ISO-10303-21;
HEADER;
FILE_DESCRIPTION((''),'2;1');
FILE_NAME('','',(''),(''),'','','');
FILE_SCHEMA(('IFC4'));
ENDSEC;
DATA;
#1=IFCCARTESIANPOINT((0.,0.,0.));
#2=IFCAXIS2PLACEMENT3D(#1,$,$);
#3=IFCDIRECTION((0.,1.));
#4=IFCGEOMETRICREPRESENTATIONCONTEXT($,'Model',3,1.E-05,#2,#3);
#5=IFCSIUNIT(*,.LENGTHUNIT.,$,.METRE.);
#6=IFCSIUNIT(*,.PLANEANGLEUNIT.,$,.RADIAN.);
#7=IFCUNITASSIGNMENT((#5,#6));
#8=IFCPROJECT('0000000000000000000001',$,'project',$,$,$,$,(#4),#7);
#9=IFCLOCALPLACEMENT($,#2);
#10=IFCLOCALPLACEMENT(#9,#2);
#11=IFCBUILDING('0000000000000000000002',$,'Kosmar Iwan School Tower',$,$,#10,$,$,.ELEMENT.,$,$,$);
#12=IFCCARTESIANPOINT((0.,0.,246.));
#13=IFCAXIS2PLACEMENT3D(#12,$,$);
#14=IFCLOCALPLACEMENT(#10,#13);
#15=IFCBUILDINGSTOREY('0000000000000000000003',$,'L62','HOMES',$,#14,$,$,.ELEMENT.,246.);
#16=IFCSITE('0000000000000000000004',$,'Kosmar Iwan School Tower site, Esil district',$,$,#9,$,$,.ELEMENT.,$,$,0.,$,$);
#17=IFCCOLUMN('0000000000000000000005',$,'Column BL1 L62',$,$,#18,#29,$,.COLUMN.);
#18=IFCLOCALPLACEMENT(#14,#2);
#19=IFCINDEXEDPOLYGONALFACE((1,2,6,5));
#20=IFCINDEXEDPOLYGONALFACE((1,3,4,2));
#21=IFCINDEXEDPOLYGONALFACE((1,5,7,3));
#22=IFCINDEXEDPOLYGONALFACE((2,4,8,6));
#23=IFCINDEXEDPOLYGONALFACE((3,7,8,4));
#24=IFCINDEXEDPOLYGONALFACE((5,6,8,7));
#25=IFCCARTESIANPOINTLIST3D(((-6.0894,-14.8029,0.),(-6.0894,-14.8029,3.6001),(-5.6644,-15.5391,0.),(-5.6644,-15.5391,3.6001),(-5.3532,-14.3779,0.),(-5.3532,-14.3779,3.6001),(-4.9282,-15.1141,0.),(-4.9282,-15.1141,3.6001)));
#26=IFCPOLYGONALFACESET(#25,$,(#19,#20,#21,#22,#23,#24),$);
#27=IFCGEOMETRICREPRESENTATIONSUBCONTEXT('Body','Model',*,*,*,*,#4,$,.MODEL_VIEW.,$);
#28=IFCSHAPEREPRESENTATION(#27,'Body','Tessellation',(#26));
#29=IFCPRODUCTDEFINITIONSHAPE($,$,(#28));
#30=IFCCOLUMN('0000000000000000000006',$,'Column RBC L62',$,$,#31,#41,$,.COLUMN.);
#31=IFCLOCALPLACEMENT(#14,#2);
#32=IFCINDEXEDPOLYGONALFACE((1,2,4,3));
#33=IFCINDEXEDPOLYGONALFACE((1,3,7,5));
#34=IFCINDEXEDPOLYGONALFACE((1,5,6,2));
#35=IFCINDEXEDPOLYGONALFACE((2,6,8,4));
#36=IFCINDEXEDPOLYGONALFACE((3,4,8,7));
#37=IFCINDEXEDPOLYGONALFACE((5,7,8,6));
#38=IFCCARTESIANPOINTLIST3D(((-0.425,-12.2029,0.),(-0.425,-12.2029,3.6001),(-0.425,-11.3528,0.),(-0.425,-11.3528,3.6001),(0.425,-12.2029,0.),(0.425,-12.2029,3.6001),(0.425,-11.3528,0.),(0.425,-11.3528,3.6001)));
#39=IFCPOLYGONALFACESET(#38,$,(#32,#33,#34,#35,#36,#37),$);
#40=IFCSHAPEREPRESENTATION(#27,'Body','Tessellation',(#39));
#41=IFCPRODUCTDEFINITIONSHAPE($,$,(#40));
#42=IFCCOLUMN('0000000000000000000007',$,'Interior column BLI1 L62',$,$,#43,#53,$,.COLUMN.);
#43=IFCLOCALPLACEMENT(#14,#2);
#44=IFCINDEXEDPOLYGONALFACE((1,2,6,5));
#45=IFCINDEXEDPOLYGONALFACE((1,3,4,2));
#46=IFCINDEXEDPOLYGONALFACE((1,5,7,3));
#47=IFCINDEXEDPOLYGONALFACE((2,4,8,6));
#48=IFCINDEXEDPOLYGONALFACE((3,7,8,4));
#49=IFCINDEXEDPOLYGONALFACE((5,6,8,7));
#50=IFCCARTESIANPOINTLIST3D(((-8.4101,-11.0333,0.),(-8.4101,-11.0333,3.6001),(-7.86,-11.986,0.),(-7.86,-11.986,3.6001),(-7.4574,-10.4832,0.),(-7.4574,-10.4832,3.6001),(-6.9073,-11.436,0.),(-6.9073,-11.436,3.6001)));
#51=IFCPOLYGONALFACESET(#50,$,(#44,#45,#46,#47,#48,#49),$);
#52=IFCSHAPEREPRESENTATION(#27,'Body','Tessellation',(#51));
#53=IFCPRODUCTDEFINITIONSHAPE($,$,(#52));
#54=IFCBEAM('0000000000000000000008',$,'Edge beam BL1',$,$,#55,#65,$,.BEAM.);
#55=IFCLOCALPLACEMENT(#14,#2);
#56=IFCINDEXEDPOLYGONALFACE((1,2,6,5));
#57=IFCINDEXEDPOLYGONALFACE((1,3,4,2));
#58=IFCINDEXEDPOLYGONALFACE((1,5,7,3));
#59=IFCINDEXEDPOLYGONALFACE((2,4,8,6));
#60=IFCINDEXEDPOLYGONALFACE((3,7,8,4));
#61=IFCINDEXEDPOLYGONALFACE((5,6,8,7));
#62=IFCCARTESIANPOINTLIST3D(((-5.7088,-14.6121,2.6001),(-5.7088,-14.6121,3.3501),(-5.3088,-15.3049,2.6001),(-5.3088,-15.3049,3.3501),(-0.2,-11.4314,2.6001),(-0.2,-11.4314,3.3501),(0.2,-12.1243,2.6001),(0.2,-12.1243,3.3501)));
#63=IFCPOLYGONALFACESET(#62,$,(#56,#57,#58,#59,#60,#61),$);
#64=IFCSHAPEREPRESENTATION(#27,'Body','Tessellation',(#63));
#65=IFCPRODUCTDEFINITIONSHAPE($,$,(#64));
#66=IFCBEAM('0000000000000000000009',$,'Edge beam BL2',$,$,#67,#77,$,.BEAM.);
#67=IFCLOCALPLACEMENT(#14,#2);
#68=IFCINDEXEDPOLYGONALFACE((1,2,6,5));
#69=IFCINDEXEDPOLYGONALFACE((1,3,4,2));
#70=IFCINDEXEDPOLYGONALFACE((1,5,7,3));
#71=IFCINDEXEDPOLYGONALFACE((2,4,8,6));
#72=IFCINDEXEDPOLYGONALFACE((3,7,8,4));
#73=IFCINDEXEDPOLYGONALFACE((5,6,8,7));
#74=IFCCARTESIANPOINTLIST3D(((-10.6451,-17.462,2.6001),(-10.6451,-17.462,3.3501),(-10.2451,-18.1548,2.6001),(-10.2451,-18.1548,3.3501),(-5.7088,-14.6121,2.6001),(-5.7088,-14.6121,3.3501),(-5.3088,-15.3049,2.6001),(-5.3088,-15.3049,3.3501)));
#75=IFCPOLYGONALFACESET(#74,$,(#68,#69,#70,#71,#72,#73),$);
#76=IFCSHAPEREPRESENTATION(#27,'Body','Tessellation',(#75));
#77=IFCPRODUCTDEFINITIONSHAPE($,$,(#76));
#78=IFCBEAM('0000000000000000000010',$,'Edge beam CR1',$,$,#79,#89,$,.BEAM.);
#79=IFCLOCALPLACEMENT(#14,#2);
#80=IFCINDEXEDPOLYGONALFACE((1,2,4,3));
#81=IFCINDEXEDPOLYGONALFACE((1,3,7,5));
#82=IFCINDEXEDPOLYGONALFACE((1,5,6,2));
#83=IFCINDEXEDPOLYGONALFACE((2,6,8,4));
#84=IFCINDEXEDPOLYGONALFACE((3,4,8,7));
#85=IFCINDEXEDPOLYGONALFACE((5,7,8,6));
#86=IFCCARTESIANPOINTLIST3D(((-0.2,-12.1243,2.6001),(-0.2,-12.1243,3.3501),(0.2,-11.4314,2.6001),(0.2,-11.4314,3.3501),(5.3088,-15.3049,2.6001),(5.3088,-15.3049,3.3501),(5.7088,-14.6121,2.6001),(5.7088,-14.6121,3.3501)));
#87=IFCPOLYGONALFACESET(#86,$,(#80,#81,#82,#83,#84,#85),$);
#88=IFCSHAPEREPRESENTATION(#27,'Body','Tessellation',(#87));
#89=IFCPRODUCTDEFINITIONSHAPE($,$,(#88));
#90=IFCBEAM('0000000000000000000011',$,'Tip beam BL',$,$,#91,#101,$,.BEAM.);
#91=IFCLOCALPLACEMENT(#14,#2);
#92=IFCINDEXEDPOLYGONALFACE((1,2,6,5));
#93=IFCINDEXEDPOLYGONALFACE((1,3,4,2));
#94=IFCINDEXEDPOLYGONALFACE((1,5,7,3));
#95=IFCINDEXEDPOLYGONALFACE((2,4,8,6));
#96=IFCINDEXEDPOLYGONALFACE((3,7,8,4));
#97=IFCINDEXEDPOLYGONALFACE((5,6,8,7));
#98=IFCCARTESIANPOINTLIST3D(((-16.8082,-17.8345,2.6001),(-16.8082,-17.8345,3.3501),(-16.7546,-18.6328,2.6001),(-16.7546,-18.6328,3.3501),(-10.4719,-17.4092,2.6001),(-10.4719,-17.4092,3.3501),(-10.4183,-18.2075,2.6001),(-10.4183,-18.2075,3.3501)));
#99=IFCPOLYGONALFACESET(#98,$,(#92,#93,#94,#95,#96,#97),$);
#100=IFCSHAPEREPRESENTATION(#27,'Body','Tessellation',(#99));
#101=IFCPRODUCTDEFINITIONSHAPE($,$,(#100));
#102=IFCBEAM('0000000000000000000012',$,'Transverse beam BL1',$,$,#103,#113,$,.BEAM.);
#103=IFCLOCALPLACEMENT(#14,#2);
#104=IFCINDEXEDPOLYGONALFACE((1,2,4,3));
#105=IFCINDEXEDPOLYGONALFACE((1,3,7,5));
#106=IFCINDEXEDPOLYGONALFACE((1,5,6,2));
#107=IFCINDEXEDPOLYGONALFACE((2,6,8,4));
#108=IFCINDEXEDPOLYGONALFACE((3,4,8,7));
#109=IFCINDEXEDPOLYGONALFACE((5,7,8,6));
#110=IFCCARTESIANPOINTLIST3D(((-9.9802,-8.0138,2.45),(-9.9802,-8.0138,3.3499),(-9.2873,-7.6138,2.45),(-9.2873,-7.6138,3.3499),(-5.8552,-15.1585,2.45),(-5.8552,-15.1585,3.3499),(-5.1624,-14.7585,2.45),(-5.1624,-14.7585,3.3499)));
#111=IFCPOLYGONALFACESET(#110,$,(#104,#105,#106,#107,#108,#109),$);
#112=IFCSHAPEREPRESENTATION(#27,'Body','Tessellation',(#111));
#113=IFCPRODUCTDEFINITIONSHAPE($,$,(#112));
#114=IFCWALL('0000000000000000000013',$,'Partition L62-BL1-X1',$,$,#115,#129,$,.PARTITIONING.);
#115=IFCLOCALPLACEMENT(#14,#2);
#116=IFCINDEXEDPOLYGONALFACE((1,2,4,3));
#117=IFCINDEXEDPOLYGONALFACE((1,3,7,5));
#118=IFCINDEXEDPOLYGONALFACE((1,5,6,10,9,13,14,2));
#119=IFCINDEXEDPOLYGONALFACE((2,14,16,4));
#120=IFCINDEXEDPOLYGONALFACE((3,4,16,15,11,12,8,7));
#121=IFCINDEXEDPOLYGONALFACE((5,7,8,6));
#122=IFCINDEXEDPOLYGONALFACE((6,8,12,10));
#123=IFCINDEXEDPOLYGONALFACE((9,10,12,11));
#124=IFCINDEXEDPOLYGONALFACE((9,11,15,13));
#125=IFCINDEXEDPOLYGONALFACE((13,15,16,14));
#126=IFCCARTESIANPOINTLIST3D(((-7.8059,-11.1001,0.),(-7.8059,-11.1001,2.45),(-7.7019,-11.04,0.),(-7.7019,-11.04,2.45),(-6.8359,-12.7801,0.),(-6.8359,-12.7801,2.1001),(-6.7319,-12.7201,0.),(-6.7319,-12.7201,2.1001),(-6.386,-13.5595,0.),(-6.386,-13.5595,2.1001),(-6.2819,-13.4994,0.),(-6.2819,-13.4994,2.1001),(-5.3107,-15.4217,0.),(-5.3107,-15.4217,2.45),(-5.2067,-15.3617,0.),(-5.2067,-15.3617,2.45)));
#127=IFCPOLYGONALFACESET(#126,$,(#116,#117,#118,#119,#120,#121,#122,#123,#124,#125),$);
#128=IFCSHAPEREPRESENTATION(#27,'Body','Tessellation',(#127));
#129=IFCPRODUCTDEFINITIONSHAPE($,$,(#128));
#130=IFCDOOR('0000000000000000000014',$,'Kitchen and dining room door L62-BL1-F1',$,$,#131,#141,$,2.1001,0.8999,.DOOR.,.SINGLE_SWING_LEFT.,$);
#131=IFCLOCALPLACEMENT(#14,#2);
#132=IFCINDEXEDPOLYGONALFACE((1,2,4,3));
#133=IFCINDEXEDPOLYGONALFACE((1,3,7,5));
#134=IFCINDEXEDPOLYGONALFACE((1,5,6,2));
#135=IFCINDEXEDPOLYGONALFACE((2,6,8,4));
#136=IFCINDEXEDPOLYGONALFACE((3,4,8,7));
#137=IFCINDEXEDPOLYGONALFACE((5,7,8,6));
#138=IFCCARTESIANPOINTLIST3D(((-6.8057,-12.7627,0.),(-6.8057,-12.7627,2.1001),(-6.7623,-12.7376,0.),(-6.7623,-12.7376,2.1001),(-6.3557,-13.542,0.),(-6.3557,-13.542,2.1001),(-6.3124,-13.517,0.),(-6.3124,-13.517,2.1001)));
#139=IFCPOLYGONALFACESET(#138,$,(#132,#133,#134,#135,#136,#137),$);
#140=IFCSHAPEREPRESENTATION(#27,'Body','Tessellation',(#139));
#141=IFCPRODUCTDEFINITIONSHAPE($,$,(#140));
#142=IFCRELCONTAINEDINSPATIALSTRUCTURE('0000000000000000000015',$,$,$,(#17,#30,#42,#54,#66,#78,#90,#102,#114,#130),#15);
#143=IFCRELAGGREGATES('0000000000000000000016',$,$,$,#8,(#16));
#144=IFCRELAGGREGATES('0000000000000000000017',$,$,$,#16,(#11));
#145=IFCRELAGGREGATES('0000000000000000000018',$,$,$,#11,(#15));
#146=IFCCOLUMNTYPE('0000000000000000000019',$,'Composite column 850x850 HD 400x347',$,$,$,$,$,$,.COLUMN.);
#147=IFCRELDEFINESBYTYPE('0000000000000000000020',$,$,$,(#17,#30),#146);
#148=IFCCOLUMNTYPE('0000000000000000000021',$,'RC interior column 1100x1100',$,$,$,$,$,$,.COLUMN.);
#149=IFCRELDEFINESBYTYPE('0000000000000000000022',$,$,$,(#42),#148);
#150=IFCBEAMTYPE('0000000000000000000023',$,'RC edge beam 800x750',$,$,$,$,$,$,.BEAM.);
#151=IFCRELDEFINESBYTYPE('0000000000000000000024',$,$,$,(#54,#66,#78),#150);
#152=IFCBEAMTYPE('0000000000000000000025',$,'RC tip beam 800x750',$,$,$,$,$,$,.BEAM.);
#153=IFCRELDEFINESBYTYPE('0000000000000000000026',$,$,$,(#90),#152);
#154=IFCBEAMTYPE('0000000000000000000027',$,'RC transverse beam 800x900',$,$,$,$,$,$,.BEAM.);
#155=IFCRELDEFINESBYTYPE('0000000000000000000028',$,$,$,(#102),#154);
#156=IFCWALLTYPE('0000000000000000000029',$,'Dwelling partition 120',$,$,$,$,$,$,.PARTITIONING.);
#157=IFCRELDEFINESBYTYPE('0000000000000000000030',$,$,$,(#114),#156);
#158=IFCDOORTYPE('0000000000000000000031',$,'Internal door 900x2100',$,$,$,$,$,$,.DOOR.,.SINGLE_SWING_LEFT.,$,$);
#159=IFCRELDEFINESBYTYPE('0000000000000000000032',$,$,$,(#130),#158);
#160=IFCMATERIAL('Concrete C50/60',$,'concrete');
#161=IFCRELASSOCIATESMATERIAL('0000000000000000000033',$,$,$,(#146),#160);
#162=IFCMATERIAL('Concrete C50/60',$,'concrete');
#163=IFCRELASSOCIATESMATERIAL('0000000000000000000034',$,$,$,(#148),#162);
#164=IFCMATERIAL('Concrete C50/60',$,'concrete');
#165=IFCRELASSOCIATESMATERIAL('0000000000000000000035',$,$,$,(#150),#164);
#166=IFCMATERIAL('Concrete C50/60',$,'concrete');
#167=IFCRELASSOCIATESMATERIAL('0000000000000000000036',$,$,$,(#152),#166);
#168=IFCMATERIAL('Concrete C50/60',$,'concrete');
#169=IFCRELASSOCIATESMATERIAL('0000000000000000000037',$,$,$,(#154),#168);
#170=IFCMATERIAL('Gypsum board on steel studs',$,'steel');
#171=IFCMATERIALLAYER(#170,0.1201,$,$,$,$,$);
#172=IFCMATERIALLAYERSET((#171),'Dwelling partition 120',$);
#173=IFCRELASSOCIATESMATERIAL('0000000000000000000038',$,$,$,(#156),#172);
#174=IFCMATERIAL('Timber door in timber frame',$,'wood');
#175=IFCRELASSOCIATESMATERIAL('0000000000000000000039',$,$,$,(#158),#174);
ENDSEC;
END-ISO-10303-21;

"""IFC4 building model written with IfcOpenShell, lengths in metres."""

from ifc_helpers import new_model, si_unit, direction, frame, frame_2d, origin, origin_2d, place, context, subcontext, project, spatial, rectangle, extrude, material, layer, layer_set, material_profile, profile_set, type_object, element, fill, save


model = new_model("IFC4")

# Units and contexts
model_context = context("Model", 3, precision=1e-05, world=origin(), true_north=direction((0.0, 1.0)))
body_context = subcontext(model_context, "Body", "Model", "MODEL_VIEW")
ifc_project = project(units=[si_unit("LENGTHUNIT", "METRE"), si_unit("PLANEANGLEUNIT", "RADIAN")], contexts=[model_context])

# Site, building, storey
site_placement = place(None, origin())
site = spatial("IfcSite", under=ifc_project, at=site_placement, Name="Kosmar Iwan School Tower site, Esil district", CompositionType="ELEMENT", RefElevation=0.0)
building_placement = place(site_placement, origin())
building = spatial("IfcBuilding", under=site, at=building_placement, Name="Kosmar Iwan School Tower", CompositionType="ELEMENT")
storey_placement = place(building_placement, frame((0.0, 0.0, 246.0)))
storey = spatial("IfcBuildingStorey", under=building, at=storey_placement, Name="L62", Description="HOMES", CompositionType="ELEMENT", Elevation=246.0)

# Columns
ifc_material_1 = material(Name="Concrete C50/60", Category="concrete")
ifc_material_profile_1 = material_profile(ifc_material_1, rectangle(XDim=0.8501, YDim=0.8501, at=origin_2d()), Name="RC 850x850 + HD 400x347")
ifc_profile_set_1 = profile_set([ifc_material_profile_1], Name="Concrete C50/60")
column_type_1 = type_object("IfcColumnType", Name="Composite column 850x850 HD 400x347", PredefinedType="COLUMN", material=ifc_profile_set_1)
for number, where, z_axis, x_axis, name in (
    (1, (-5.5088, -14.9585, 0.0), (0.0, 0.0, 1.0), (-0.866025, -0.5, 0.0), "Column BL1 L62"),
    (2, (0.0, -11.7778, 0.0), (0.0, 0.0, 1.0), (1.0, 0.0, 0.0), "Column RBC L62"),
):
    element("IfcColumn", number, at=place(storey_placement, frame(where, z_axis=z_axis, x_axis=x_axis)), inside=storey, type_object=column_type_1, Name=name, PredefinedType="COLUMN", context=body_context, shape_type="SweptSolid", body=[
        extrude(rectangle(XDim=0.8501, YDim=0.8501, at=origin_2d()), origin(), (0.0, 0.0, 1.0), 3.6001),
    ])
ifc_material_2 = material(Name="Concrete C50/60", Category="concrete")
ifc_material_profile_2 = material_profile(ifc_material_2, rectangle(XDim=1.1001, YDim=1.1001, at=origin_2d()), Name="RC 1100x1100")
ifc_profile_set_2 = profile_set([ifc_material_profile_2], Name="Concrete C50/60")
column_type_2 = type_object("IfcColumnType", Name="RC interior column 1100x1100", PredefinedType="COLUMN", material=ifc_profile_set_2)
column_placement = place(storey_placement, frame((-7.6587, -11.2346, 0.0), z_axis=(0.0, 0.0, 1.0), x_axis=(-0.866025, -0.5, 0.0)))
element("IfcColumn", 3, at=column_placement, inside=storey, type_object=column_type_2, Name="Interior column BLI1 L62", PredefinedType="COLUMN", context=body_context, shape_type="SweptSolid", body=[
    extrude(rectangle(XDim=1.1001, YDim=1.1001, at=origin_2d()), origin(), (0.0, 0.0, 1.0), 3.6001),
])

# Beams
ifc_material_3 = material(Name="Concrete C50/60", Category="concrete")
ifc_material_profile_3 = material_profile(ifc_material_3, rectangle(XDim=0.8, YDim=0.75, at=origin_2d()), Name="RC 800x750")
ifc_profile_set_3 = profile_set([ifc_material_profile_3], Name="Concrete C50/60")
beam_type_1 = type_object("IfcBeamType", Name="RC edge beam 800x750", PredefinedType="BEAM", material=ifc_profile_set_3)
beam_1_placement = place(storey_placement, frame((0.0, -11.7778, 2.9751), z_axis=(-0.866014, -0.500019, 0.0), x_axis=(0.500019, -0.866014, 0.0)))
element("IfcBeam", 4, at=beam_1_placement, inside=storey, type_object=beam_type_1, Name="Edge beam BL1", PredefinedType="BEAM", context=body_context, shape_type="SweptSolid", body=[
    extrude(rectangle(XDim=0.8, YDim=0.75, at=origin_2d()), origin(), (0.0, 0.0, 1.0), 6.3611),
])
beam_2_placement = place(storey_placement, frame((-5.5088, -14.9585, 2.9751), z_axis=(-0.866034, -0.499986, 0.0), x_axis=(0.499986, -0.866034, 0.0)))
element("IfcBeam", 5, at=beam_2_placement, inside=storey, type_object=beam_type_1, Name="Edge beam BL2", PredefinedType="BEAM", context=body_context, shape_type="SweptSolid", body=[
    extrude(rectangle(XDim=0.8, YDim=0.75, at=origin_2d()), origin(), (0.0, 0.0, 1.0), 5.7),
])
beam_3_placement = place(storey_placement, frame((0.0, -11.7778, 2.9751), z_axis=(0.866014, -0.500019, 0.0), x_axis=(0.500019, 0.866014, 0.0)))
element("IfcBeam", 6, at=beam_3_placement, inside=storey, type_object=beam_type_1, Name="Edge beam CR1", PredefinedType="BEAM", context=body_context, shape_type="SweptSolid", body=[
    extrude(rectangle(XDim=0.8, YDim=0.75, at=origin_2d()), origin(), (0.0, 0.0, 1.0), 6.3611),
])
ifc_material_4 = material(Name="Concrete C50/60", Category="concrete")
ifc_material_profile_4 = material_profile(ifc_material_4, rectangle(XDim=0.8, YDim=0.75, at=origin_2d()), Name="RC 800x750")
ifc_profile_set_4 = profile_set([ifc_material_profile_4], Name="Concrete C50/60")
beam_type_2 = type_object("IfcBeamType", Name="RC tip beam 800x750", PredefinedType="BEAM", material=ifc_profile_set_4)
beam_4_placement = place(storey_placement, frame((-10.4451, -17.8083, 2.9751), z_axis=(-0.997755, -0.066968, 0.0), x_axis=(0.066968, -0.997755, 0.0)))
element("IfcBeam", 7, at=beam_4_placement, inside=storey, type_object=beam_type_2, Name="Tip beam BL", PredefinedType="BEAM", context=body_context, shape_type="SweptSolid", body=[
    extrude(rectangle(XDim=0.8, YDim=0.75, at=origin_2d()), origin(), (0.0, 0.0, 1.0), 6.3506),
])
ifc_material_5 = material(Name="Concrete C50/60", Category="concrete")
ifc_material_profile_5 = material_profile(ifc_material_5, rectangle(XDim=0.8, YDim=0.8999, at=origin_2d()), Name="RC 800x900")
ifc_profile_set_5 = profile_set([ifc_material_profile_5], Name="Concrete C50/60")
beam_type_3 = type_object("IfcBeamType", Name="RC transverse beam 800x900", PredefinedType="BEAM", material=ifc_profile_set_5)
beam_5_placement = place(storey_placement, frame((-5.5088, -14.9585, 2.8999), z_axis=(-0.499997, 0.866027, 0.0), x_axis=(-0.866027, -0.499997, 0.0)))
element("IfcBeam", 8, at=beam_5_placement, inside=storey, type_object=beam_type_3, Name="Transverse beam BL1", PredefinedType="BEAM", context=body_context, shape_type="SweptSolid", body=[
    extrude(rectangle(XDim=0.8, YDim=0.8999, at=origin_2d()), origin(), (0.0, 0.0, 1.0), 8.25),
])

# Wall, opening, door
ifc_material_6 = material(Name="Gypsum board on steel studs", Category="steel")
ifc_layer_1 = layer(ifc_material_6, 0.1201)
ifc_layer_set_1 = layer_set([ifc_layer_1], Name="Dwelling partition 120")
wall_type_1 = type_object("IfcWallType", Name="Dwelling partition 120", PredefinedType="PARTITIONING", material=ifc_layer_set_1)
wall_1_placement = place(storey_placement, frame((-7.7539, -11.0701, 0.0), z_axis=(0.0, 0.0, 1.0), x_axis=(0.500012, -0.866019, 0.0)))
wall_1 = element("IfcWall", 9, at=wall_1_placement, inside=storey, type_object=wall_type_1, Name="Partition L62-BL1-X1", PredefinedType="PARTITIONING", context=body_context, shape_type="SweptSolid", body=[
    extrude(rectangle(XDim=4.9902, YDim=0.1201, at=frame_2d((2.4951, 0.0))), origin(), (0.0, 0.0, 1.0), 2.45),
])
opening_1_placement = place(wall_1_placement, frame((1.9399, 0.0, 0.0)))
opening_1 = element("IfcOpeningElement", 10, at=opening_1_placement, cuts=wall_1, PredefinedType="OPENING", context=body_context, shape_type="SweptSolid", body=[
    extrude(rectangle(XDim=0.8999, YDim=2.1001, at=frame_2d((0.45, 1.05))), frame((0.0, 0.072, 0.0), z_axis=(0.0, -1.0, 0.0), x_axis=(1.0, 0.0, 0.0)), (0.0, 0.0, 1.0), 0.144),
])
ifc_material_7 = material(Name="Timber door in timber frame", Category="wood")
door_type = type_object("IfcDoorType", Name="Internal door 900x2100", OperationType="SINGLE_SWING_LEFT", PredefinedType="DOOR", material=ifc_material_7)
door_placement = place(opening_1_placement, origin())
door = element("IfcDoor", 11, at=door_placement, inside=storey, type_object=door_type, Name="Kitchen and dining room door L62-BL1-F1", OperationType="SINGLE_SWING_LEFT", OverallHeight=2.1001, OverallWidth=0.8999, PredefinedType="DOOR", context=body_context, shape_type="SweptSolid", body=[
    extrude(rectangle(XDim=0.8999, YDim=2.1001, at=frame_2d((0.45, 1.05))), frame((0.0, 0.0249, 0.0), z_axis=(0.0, -1.0, 0.0), x_axis=(1.0, 0.0, 0.0)), (0.0, 0.0, 1.0), 0.05),
])
fill(opening_1, door)

save(model, "model.ifc")
